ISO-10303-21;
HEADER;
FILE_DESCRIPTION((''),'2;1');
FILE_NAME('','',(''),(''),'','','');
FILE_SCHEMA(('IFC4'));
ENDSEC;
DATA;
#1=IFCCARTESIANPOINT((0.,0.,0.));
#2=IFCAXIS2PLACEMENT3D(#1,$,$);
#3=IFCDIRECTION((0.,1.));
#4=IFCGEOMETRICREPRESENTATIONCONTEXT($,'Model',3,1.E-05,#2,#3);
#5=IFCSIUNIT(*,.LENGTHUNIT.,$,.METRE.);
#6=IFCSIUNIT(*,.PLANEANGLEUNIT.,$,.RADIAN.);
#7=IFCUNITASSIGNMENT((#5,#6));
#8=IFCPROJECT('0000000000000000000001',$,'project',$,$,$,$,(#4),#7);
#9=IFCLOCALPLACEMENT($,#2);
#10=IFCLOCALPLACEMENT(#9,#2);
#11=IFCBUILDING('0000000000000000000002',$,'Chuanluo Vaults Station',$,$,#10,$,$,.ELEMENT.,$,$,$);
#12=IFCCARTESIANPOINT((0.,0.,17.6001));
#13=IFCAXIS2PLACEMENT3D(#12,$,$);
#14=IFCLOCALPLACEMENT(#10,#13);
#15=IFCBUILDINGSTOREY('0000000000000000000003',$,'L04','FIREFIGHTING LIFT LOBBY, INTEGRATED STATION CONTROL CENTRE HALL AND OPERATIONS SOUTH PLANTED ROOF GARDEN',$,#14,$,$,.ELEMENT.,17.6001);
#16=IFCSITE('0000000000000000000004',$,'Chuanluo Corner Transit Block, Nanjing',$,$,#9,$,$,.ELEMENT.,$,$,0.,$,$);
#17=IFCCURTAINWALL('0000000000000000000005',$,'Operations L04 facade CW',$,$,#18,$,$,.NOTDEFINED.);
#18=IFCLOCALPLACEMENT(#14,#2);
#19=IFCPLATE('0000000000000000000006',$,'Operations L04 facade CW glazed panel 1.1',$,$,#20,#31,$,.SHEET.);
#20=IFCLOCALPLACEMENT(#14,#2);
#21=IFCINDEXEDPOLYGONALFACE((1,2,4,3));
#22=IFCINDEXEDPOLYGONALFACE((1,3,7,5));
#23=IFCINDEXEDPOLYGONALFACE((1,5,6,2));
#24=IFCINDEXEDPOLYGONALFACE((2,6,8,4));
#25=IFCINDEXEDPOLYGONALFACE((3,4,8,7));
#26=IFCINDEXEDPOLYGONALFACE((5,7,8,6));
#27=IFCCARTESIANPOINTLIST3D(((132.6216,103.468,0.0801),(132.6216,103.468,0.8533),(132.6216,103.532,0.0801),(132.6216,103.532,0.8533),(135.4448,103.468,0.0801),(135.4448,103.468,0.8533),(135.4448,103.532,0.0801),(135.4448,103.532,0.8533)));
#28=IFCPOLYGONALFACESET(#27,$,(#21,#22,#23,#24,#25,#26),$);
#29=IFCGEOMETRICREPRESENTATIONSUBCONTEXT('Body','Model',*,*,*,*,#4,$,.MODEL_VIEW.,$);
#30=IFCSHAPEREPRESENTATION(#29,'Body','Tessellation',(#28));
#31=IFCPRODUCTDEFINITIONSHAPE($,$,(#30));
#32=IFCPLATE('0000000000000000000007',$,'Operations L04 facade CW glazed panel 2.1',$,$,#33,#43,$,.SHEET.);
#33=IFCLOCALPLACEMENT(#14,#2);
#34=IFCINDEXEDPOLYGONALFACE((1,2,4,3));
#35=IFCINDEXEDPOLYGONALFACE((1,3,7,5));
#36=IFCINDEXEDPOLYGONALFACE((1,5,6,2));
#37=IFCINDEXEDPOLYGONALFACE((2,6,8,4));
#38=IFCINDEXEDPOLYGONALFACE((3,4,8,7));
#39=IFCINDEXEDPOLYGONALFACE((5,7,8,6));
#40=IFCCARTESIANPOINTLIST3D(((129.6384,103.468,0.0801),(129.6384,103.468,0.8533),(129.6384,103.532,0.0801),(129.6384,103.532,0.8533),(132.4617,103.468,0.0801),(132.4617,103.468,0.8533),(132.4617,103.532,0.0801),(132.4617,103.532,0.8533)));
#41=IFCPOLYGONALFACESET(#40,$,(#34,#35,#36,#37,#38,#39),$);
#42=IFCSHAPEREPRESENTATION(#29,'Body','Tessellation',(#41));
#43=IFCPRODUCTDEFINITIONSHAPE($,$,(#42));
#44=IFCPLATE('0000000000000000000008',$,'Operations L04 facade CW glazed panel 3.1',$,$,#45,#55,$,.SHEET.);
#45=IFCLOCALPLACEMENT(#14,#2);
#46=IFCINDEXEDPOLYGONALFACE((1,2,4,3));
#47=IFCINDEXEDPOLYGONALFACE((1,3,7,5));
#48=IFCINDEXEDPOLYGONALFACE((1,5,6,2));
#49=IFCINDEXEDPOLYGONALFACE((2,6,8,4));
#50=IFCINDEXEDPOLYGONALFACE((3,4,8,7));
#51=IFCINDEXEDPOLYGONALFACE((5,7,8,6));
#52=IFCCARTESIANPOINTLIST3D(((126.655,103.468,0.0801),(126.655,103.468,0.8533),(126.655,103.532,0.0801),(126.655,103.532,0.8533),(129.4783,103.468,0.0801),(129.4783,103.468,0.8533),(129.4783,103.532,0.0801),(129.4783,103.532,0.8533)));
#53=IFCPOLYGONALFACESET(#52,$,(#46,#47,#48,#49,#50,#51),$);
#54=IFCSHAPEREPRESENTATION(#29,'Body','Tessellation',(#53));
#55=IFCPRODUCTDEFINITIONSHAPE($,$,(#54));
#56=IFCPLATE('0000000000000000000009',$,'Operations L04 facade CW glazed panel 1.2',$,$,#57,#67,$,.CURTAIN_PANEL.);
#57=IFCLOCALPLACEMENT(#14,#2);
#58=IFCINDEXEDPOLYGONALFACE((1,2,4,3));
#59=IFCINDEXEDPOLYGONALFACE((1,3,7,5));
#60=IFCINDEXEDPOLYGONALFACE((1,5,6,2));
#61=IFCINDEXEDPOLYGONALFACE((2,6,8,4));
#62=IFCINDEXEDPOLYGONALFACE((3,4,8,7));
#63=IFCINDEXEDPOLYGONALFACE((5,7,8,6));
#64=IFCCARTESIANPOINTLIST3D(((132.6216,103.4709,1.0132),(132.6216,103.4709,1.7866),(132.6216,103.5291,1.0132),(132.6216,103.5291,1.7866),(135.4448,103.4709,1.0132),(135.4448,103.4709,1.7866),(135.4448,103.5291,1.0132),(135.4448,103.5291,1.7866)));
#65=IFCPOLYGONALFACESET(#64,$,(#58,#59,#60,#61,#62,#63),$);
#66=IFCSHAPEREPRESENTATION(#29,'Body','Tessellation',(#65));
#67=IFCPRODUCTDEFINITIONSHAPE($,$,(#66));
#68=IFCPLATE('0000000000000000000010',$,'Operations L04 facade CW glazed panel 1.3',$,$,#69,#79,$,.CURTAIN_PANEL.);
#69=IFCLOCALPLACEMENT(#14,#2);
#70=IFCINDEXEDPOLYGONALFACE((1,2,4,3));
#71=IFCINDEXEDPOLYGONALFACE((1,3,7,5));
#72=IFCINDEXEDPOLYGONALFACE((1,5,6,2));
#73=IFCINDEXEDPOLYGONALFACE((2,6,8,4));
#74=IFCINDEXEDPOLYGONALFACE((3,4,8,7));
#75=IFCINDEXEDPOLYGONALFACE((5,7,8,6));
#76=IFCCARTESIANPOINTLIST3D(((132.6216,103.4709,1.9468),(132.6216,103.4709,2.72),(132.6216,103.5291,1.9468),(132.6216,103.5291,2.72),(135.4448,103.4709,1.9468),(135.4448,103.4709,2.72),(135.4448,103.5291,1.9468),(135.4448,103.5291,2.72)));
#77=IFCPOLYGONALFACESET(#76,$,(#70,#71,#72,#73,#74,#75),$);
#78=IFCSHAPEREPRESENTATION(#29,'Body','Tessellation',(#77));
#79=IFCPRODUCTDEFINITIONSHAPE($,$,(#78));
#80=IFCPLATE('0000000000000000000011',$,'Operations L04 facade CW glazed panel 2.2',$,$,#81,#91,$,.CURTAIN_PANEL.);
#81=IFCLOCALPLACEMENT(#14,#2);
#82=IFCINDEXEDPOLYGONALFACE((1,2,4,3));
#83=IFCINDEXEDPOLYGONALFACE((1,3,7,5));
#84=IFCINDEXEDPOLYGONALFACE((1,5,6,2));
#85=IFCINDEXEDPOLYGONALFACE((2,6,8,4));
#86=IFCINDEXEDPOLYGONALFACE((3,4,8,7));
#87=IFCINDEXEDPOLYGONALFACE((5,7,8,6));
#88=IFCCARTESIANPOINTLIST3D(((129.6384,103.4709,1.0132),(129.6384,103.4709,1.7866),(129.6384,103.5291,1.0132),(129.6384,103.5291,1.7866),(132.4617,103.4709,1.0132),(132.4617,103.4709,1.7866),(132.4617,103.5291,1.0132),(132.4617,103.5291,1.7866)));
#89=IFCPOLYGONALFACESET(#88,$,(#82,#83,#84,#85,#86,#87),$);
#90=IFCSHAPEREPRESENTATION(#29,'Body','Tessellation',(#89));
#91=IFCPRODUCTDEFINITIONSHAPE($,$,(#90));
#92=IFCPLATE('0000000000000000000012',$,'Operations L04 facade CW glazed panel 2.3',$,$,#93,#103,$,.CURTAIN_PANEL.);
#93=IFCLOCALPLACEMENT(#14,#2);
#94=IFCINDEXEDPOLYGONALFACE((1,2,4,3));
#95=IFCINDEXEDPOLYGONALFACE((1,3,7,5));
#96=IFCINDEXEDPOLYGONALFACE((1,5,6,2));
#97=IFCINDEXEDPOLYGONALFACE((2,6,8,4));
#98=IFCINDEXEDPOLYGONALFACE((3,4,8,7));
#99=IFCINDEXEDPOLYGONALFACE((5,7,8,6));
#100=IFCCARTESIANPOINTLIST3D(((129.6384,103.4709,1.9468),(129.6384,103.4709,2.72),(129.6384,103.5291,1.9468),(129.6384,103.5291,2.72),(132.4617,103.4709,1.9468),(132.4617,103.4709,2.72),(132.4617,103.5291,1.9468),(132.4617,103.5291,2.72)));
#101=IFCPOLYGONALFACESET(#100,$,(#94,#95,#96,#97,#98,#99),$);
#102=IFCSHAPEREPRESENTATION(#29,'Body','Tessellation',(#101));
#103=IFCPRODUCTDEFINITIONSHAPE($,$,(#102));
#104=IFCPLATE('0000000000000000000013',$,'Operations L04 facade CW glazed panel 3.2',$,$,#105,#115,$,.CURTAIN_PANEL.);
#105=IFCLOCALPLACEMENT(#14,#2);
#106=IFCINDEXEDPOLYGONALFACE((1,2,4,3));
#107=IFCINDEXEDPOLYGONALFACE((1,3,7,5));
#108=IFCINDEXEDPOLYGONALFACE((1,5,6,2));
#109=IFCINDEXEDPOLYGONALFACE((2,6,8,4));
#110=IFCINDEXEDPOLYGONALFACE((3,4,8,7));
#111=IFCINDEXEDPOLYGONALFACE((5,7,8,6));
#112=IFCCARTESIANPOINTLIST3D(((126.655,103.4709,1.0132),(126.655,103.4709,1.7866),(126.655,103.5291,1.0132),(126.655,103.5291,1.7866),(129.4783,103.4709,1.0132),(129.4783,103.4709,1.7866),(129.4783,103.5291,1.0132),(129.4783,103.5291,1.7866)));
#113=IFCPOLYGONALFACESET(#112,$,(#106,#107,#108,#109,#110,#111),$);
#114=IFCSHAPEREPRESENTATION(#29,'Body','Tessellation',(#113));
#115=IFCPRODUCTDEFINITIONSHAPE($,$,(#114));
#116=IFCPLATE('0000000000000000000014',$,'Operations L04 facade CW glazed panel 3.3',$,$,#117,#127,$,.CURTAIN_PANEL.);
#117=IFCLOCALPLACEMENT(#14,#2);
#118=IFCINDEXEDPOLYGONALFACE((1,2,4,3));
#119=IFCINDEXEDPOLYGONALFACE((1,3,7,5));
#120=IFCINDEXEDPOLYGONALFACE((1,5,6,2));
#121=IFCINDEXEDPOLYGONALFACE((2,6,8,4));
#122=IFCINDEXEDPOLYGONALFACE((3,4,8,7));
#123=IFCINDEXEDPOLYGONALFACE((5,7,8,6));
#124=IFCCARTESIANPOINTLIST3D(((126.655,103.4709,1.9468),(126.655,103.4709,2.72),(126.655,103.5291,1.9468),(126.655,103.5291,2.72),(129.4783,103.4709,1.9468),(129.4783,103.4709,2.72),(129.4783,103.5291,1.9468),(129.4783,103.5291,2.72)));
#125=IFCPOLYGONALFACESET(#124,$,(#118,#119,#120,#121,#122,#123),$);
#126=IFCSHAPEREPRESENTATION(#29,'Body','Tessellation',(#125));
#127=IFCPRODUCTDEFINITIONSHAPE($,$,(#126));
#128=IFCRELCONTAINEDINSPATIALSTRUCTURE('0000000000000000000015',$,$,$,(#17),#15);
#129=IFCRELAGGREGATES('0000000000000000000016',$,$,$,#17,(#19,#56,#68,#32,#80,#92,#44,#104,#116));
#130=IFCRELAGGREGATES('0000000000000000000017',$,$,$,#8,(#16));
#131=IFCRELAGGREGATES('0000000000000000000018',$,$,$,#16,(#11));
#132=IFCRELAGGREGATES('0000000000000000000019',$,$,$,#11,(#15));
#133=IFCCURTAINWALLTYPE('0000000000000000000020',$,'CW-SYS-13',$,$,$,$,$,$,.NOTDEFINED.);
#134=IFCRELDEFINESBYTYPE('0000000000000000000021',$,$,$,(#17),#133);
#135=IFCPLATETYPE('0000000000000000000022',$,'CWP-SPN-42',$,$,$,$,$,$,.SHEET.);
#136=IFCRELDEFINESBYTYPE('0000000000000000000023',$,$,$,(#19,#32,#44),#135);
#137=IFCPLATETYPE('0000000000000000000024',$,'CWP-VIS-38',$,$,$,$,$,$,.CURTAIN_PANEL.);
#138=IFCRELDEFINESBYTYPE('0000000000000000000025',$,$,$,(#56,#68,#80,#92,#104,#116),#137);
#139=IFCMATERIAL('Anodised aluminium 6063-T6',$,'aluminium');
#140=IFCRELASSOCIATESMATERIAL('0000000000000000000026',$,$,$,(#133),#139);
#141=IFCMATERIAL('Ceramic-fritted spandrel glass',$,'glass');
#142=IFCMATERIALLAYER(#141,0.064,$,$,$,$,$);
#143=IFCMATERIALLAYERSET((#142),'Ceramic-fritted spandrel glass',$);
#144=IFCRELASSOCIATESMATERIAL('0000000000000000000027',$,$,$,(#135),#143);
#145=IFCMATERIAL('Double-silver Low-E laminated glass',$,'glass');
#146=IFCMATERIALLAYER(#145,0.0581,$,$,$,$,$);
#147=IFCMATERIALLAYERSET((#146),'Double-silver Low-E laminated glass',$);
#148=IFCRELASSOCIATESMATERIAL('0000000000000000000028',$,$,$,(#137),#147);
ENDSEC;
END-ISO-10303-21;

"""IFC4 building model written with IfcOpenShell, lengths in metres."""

from ifc_helpers import new_model, si_unit, direction, frame, origin, origin_2d, place, context, subcontext, project, spatial, rectangle, extrude, material, layer, layer_set, type_object, element, aggregate, save


model = new_model("IFC4")

# Units and contexts
model_context = context("Model", 3, precision=1e-05, world=origin(), true_north=direction((0.0, 1.0)))
body_context = subcontext(model_context, "Body", "Model", "MODEL_VIEW")
ifc_project = project(units=[si_unit("LENGTHUNIT", "METRE"), si_unit("PLANEANGLEUNIT", "RADIAN")], contexts=[model_context])

# Site, building, storey
site_placement = place(None, origin())
site = spatial("IfcSite", under=ifc_project, at=site_placement, Name="Chuanluo Corner Transit Block, Nanjing", CompositionType="ELEMENT", RefElevation=0.0)
building_placement = place(site_placement, origin())
building = spatial("IfcBuilding", under=site, at=building_placement, Name="Chuanluo Vaults Station", CompositionType="ELEMENT")
storey_placement = place(building_placement, frame((0.0, 0.0, 17.6001)))
storey = spatial("IfcBuildingStorey", under=building, at=storey_placement, Name="L04", Description="FIREFIGHTING LIFT LOBBY, INTEGRATED STATION CONTROL CENTRE HALL AND OPERATIONS SOUTH PLANTED ROOF GARDEN", CompositionType="ELEMENT", Elevation=17.6001)

# Curtain wall, plates
ifc_material_1 = material(Name="Anodised aluminium 6063-T6", Category="aluminium")
curtain_wall_type = type_object("IfcCurtainWallType", Name="CW-SYS-13", PredefinedType="NOTDEFINED", material=ifc_material_1)
curtain_wall_placement = place(storey_placement, origin())
curtain_wall = element("IfcCurtainWall", 1, at=curtain_wall_placement, inside=storey, type_object=curtain_wall_type, Name="Operations L04 facade CW", PredefinedType="NOTDEFINED")
ifc_material_2 = material(Name="Ceramic-fritted spandrel glass", Category="glass")
ifc_layer_1 = layer(ifc_material_2, 0.064)
ifc_layer_set_1 = layer_set([ifc_layer_1], Name="Ceramic-fritted spandrel glass")
plate_type_1 = type_object("IfcPlateType", Name="CWP-SPN-42", PredefinedType="SHEET", material=ifc_layer_set_1)
plate_1_placement = place(storey_placement, frame((134.0332, 103.5, 0.0801), z_axis=(0.0, 0.0, 1.0), x_axis=(-1.0, 0.0, 0.0)))
plate_1 = element("IfcPlate", 2, at=plate_1_placement, type_object=plate_type_1, Name="Operations L04 facade CW glazed panel 1.1", PredefinedType="SHEET", context=body_context, shape_type="SweptSolid", body=[
    extrude(rectangle(XDim=2.8232, YDim=0.064, at=origin_2d()), origin(), (0.0, 0.0, 1.0), 0.7732),
])
plate_2_placement = place(storey_placement, frame((131.05, 103.5, 0.0801), z_axis=(0.0, 0.0, 1.0), x_axis=(-1.0, 0.0, 0.0)))
plate_2 = element("IfcPlate", 3, at=plate_2_placement, type_object=plate_type_1, Name="Operations L04 facade CW glazed panel 2.1", PredefinedType="SHEET", context=body_context, shape_type="SweptSolid", body=[
    extrude(rectangle(XDim=2.8232, YDim=0.064, at=origin_2d()), origin(), (0.0, 0.0, 1.0), 0.7732),
])
plate_3_placement = place(storey_placement, frame((128.0667, 103.5, 0.0801), z_axis=(0.0, 0.0, 1.0), x_axis=(-1.0, 0.0, 0.0)))
plate_3 = element("IfcPlate", 4, at=plate_3_placement, type_object=plate_type_1, Name="Operations L04 facade CW glazed panel 3.1", PredefinedType="SHEET", context=body_context, shape_type="SweptSolid", body=[
    extrude(rectangle(XDim=2.8232, YDim=0.064, at=origin_2d()), origin(), (0.0, 0.0, 1.0), 0.7732),
])
ifc_material_3 = material(Name="Double-silver Low-E laminated glass", Category="glass")
ifc_layer_2 = layer(ifc_material_3, 0.0581)
ifc_layer_set_2 = layer_set([ifc_layer_2], Name="Double-silver Low-E laminated glass")
plate_type_2 = type_object("IfcPlateType", Name="CWP-VIS-38", PredefinedType="CURTAIN_PANEL", material=ifc_layer_set_2)
plate_4_placement = place(storey_placement, frame((134.0332, 103.5, 1.0132), z_axis=(0.0, 0.0, 1.0), x_axis=(-1.0, 0.0, 0.0)))
plate_4 = element("IfcPlate", 5, at=plate_4_placement, type_object=plate_type_2, Name="Operations L04 facade CW glazed panel 1.2", PredefinedType="CURTAIN_PANEL", context=body_context, shape_type="SweptSolid", body=[
    extrude(rectangle(XDim=2.8232, YDim=0.0581, at=origin_2d()), origin(), (0.0, 0.0, 1.0), 0.7734),
])
plate_5_placement = place(storey_placement, frame((134.0332, 103.5, 1.9468), z_axis=(0.0, 0.0, 1.0), x_axis=(-1.0, 0.0, 0.0)))
plate_5 = element("IfcPlate", 6, at=plate_5_placement, type_object=plate_type_2, Name="Operations L04 facade CW glazed panel 1.3", PredefinedType="CURTAIN_PANEL", context=body_context, shape_type="SweptSolid", body=[
    extrude(rectangle(XDim=2.8232, YDim=0.0581, at=origin_2d()), origin(), (0.0, 0.0, 1.0), 0.7732),
])
plate_6_placement = place(storey_placement, frame((131.05, 103.5, 1.0132), z_axis=(0.0, 0.0, 1.0), x_axis=(-1.0, 0.0, 0.0)))
plate_6 = element("IfcPlate", 7, at=plate_6_placement, type_object=plate_type_2, Name="Operations L04 facade CW glazed panel 2.2", PredefinedType="CURTAIN_PANEL", context=body_context, shape_type="SweptSolid", body=[
    extrude(rectangle(XDim=2.8232, YDim=0.0581, at=origin_2d()), origin(), (0.0, 0.0, 1.0), 0.7734),
])
plate_7_placement = place(storey_placement, frame((131.05, 103.5, 1.9468), z_axis=(0.0, 0.0, 1.0), x_axis=(-1.0, 0.0, 0.0)))
plate_7 = element("IfcPlate", 8, at=plate_7_placement, type_object=plate_type_2, Name="Operations L04 facade CW glazed panel 2.3", PredefinedType="CURTAIN_PANEL", context=body_context, shape_type="SweptSolid", body=[
    extrude(rectangle(XDim=2.8232, YDim=0.0581, at=origin_2d()), origin(), (0.0, 0.0, 1.0), 0.7732),
])
plate_8_placement = place(storey_placement, frame((128.0667, 103.5, 1.0132), z_axis=(0.0, 0.0, 1.0), x_axis=(-1.0, 0.0, 0.0)))
plate_8 = element("IfcPlate", 9, at=plate_8_placement, type_object=plate_type_2, Name="Operations L04 facade CW glazed panel 3.2", PredefinedType="CURTAIN_PANEL", context=body_context, shape_type="SweptSolid", body=[
    extrude(rectangle(XDim=2.8232, YDim=0.0581, at=origin_2d()), origin(), (0.0, 0.0, 1.0), 0.7734),
])
plate_9_placement = place(storey_placement, frame((128.0667, 103.5, 1.9468), z_axis=(0.0, 0.0, 1.0), x_axis=(-1.0, 0.0, 0.0)))
plate_9 = element("IfcPlate", 10, at=plate_9_placement, type_object=plate_type_2, Name="Operations L04 facade CW glazed panel 3.3", PredefinedType="CURTAIN_PANEL", context=body_context, shape_type="SweptSolid", body=[
    extrude(rectangle(XDim=2.8232, YDim=0.0581, at=origin_2d()), origin(), (0.0, 0.0, 1.0), 0.7732),
])
aggregate(curtain_wall, [plate_1, plate_4, plate_5, plate_2, plate_6, plate_7, plate_3, plate_8, plate_9])

save(model, "model.ifc")
